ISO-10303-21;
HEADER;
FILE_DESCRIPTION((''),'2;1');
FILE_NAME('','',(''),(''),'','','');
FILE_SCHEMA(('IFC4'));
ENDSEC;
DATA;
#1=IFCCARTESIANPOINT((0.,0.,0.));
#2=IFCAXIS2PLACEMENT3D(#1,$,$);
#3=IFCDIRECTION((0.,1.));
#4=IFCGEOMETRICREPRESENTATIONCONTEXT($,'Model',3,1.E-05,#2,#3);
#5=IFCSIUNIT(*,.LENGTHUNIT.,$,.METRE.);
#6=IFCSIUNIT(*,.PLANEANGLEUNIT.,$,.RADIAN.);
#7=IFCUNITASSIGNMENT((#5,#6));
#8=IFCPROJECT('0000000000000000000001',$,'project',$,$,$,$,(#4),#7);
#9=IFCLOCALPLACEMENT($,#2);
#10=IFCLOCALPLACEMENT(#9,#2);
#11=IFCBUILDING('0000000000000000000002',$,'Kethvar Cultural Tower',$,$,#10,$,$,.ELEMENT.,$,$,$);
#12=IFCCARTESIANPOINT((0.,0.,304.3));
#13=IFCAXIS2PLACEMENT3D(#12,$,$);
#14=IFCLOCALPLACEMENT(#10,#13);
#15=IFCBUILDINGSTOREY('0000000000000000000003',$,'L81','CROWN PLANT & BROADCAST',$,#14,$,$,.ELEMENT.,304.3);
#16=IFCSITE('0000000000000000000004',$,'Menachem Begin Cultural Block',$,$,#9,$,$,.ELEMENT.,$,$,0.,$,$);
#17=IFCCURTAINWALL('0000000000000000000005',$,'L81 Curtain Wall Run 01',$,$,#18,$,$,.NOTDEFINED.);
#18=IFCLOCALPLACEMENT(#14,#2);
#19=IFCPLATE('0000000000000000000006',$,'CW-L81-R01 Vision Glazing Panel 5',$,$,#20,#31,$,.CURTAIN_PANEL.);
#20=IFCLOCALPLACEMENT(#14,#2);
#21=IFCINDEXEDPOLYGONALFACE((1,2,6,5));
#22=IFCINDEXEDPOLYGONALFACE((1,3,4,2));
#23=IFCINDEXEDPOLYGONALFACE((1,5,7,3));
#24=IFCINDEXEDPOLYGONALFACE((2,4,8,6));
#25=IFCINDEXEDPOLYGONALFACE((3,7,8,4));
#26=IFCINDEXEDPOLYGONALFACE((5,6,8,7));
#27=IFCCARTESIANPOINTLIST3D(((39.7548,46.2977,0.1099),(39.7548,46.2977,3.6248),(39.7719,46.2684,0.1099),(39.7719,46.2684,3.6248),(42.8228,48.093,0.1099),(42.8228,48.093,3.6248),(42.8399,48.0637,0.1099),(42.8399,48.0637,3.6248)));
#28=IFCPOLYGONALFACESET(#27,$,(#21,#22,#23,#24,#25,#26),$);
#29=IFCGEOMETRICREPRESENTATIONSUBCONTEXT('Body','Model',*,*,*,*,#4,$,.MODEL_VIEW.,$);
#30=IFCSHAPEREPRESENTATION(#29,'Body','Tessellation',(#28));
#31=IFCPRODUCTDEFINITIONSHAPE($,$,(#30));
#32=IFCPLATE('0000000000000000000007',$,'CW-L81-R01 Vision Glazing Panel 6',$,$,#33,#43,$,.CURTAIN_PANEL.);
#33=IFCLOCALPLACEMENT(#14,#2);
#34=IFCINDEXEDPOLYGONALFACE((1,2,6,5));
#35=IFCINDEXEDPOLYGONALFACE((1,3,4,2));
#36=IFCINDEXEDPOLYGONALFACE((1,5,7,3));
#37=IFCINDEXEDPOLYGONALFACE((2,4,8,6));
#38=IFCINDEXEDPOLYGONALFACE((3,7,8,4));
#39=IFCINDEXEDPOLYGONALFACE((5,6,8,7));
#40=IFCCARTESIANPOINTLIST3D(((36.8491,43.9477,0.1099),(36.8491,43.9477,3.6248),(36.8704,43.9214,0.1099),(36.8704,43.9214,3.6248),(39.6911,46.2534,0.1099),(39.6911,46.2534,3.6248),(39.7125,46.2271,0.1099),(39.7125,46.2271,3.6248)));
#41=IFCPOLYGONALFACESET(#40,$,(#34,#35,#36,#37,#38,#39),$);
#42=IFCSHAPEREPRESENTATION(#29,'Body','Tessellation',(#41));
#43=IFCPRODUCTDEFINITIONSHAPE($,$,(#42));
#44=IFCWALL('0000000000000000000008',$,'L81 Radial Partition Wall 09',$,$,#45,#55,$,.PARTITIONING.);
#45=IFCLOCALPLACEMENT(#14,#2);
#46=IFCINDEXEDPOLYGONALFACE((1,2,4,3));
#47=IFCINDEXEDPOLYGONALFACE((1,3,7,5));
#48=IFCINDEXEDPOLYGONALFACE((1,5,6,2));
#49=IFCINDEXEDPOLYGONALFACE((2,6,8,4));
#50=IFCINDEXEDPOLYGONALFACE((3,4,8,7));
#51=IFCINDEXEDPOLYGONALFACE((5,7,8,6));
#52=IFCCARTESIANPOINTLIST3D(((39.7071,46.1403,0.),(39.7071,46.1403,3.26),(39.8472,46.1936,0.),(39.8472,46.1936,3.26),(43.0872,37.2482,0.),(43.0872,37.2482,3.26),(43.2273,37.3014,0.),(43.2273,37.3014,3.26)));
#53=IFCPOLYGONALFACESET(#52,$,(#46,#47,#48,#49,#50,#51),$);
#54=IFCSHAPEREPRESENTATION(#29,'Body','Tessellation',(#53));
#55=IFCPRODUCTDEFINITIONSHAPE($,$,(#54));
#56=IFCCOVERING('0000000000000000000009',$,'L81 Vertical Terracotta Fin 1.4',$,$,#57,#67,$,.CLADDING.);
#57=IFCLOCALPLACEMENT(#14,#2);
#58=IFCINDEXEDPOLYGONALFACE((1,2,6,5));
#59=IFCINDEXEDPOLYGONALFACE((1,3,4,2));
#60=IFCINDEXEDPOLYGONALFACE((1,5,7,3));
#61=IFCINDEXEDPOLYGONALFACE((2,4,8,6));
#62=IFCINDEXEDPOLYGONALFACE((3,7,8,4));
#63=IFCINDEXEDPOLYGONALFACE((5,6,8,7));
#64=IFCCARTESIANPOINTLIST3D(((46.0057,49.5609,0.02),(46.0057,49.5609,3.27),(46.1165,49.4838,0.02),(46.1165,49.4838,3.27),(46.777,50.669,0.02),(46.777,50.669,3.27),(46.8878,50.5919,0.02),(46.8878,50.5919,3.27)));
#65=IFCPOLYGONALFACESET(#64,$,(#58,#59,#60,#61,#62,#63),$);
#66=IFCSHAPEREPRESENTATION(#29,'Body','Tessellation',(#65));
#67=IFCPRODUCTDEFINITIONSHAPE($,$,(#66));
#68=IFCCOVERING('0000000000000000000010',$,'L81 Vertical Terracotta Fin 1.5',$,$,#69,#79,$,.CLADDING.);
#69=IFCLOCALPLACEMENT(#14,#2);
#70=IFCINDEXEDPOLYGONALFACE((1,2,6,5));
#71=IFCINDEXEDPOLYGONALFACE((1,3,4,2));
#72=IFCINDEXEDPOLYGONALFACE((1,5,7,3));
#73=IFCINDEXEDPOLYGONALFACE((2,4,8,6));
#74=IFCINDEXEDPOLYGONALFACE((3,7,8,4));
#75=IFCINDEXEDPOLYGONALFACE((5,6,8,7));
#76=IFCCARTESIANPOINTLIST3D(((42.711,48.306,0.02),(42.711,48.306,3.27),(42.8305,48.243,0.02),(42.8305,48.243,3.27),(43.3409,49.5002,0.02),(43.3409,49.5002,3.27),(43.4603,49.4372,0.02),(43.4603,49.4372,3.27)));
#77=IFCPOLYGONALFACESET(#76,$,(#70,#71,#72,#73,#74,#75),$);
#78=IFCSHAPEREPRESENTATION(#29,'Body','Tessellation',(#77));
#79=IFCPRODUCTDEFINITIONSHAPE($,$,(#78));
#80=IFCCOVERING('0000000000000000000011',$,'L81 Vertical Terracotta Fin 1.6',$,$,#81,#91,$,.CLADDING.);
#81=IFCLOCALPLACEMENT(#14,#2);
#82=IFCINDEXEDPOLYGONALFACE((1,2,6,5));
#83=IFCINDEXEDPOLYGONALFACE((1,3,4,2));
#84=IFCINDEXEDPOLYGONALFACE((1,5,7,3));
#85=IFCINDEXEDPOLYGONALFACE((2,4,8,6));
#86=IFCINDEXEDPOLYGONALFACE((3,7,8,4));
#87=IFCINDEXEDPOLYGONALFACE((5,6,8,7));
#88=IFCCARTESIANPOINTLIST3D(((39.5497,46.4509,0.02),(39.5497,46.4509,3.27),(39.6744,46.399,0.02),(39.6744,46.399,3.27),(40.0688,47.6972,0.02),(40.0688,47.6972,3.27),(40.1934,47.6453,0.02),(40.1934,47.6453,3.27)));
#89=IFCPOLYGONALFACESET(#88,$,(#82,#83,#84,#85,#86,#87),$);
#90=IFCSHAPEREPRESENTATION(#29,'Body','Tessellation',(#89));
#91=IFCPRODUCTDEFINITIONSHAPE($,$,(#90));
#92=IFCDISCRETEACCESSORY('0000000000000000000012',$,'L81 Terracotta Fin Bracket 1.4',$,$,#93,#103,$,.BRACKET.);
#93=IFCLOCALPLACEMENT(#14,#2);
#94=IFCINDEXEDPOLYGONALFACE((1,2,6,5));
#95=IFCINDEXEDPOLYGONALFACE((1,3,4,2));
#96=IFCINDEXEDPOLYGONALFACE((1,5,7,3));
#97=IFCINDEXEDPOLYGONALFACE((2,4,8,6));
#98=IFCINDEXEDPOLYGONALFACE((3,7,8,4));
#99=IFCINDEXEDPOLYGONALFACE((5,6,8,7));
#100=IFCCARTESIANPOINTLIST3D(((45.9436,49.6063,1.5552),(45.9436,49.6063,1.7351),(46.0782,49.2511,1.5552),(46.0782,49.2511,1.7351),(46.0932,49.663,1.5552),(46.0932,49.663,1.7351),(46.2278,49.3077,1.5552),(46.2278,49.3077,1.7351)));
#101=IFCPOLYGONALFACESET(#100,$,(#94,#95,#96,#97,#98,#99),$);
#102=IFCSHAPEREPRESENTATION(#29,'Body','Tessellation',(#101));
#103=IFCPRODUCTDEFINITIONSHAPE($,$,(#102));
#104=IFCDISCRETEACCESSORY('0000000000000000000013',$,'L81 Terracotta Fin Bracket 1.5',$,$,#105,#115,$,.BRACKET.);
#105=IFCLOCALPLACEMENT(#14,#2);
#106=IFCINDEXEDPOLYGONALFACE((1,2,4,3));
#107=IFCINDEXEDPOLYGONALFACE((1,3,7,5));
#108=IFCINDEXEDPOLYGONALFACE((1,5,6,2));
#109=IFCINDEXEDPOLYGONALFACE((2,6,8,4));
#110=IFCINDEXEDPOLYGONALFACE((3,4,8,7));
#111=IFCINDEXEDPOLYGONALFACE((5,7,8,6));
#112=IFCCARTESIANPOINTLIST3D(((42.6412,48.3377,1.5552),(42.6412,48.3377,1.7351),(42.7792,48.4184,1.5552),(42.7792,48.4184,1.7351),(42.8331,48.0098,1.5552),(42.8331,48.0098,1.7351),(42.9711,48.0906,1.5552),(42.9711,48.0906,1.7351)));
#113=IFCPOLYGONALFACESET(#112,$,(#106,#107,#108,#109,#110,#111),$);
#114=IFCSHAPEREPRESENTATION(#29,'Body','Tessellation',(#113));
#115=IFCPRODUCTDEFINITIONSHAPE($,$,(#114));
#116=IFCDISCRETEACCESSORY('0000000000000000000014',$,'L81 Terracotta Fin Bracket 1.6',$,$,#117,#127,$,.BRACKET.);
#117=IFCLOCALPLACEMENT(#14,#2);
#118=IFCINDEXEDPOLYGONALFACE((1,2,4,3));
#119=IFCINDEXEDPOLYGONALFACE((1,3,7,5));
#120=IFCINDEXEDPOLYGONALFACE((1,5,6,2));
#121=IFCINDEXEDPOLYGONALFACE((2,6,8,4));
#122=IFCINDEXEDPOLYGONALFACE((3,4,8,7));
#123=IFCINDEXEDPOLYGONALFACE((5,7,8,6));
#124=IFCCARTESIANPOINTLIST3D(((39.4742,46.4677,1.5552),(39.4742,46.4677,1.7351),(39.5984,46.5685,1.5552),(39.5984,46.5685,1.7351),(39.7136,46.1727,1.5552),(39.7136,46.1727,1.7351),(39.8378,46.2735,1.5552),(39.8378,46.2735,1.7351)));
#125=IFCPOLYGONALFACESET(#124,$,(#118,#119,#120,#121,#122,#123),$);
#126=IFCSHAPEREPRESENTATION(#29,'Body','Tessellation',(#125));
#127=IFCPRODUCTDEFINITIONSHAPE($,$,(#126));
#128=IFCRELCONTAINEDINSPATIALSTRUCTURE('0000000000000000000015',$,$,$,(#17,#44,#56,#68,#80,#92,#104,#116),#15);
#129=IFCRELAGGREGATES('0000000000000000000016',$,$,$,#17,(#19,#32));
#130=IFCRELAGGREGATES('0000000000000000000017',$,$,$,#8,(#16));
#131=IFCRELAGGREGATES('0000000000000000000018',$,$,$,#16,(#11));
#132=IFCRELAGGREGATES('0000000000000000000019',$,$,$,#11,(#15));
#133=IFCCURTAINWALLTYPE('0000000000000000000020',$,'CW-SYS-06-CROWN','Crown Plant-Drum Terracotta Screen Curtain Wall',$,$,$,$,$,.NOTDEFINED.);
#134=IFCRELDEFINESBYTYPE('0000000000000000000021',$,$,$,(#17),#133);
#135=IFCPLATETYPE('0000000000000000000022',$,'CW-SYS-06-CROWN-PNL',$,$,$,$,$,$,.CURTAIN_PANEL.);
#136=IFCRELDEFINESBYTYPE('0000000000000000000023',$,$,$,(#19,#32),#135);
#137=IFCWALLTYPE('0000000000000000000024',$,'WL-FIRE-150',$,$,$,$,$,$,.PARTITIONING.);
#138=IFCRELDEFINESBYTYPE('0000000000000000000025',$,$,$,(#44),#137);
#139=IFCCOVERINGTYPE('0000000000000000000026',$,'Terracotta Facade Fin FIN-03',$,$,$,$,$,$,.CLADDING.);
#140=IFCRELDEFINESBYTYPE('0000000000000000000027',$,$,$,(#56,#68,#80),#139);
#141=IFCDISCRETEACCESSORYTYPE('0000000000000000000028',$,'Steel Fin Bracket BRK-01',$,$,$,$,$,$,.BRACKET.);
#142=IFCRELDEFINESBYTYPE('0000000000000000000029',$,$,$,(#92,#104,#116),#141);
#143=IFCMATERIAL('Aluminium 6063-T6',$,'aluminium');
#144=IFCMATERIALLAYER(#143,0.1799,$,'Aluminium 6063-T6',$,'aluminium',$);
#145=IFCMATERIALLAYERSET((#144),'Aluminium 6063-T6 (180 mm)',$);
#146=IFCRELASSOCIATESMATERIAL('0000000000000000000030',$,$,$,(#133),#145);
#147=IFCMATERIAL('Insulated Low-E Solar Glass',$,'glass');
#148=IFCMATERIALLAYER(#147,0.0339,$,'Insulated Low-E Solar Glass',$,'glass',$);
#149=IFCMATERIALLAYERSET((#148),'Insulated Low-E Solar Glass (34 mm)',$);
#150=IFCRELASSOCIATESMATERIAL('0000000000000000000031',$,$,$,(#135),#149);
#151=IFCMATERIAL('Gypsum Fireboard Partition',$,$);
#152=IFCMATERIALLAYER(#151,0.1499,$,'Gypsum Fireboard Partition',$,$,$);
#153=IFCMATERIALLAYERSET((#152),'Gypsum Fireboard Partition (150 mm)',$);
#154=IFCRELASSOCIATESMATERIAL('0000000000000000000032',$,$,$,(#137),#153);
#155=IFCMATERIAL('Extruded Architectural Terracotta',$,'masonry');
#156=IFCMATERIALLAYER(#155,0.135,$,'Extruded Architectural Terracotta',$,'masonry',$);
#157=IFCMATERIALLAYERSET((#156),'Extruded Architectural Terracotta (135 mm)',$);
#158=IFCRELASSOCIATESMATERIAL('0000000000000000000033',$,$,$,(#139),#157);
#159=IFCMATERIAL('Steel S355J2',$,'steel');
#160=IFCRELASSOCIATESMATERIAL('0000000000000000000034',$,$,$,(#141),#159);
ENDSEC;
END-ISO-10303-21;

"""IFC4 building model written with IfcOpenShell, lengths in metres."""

from ifc_helpers import new_model, si_unit, direction, frame, frame_2d, origin, origin_2d, place, context, subcontext, project, spatial, rectangle, extrude, source, transform, mapped, material, layer, layer_set, type_object, element, aggregate, save


model = new_model("IFC4")

# Units and contexts
model_context = context("Model", 3, precision=1e-05, world=origin(), true_north=direction((0.0, 1.0)))
body_context = subcontext(model_context, "Body", "Model", "MODEL_VIEW")
ifc_project = project(units=[si_unit("LENGTHUNIT", "METRE"), si_unit("PLANEANGLEUNIT", "RADIAN")], contexts=[model_context])

# Site, building, storey
site_placement = place(None, origin())
site = spatial("IfcSite", under=ifc_project, at=site_placement, Name="Menachem Begin Cultural Block", CompositionType="ELEMENT", RefElevation=0.0)
building_placement = place(site_placement, origin())
building = spatial("IfcBuilding", under=site, at=building_placement, Name="Kethvar Cultural Tower", CompositionType="ELEMENT")
storey_placement = place(building_placement, frame((0.0, 0.0, 304.3)))
storey = spatial("IfcBuildingStorey", under=building, at=storey_placement, Name="L81", Description="CROWN PLANT & BROADCAST", CompositionType="ELEMENT", Elevation=304.3)

# Shared definitions
ifc_material_1 = material(Name="Steel S355J2", Category="steel")

# Curtain wall, plates
ifc_material_2 = material(Name="Aluminium 6063-T6", Category="aluminium")
ifc_layer_1 = layer(ifc_material_2, 0.1799, Name="Aluminium 6063-T6", Category="aluminium")
ifc_layer_set_1 = layer_set([ifc_layer_1], Name="Aluminium 6063-T6 (180 mm)")
curtain_wall_type = type_object("IfcCurtainWallType", Name="CW-SYS-06-CROWN", Description="Crown Plant-Drum Terracotta Screen Curtain Wall", PredefinedType="NOTDEFINED", material=ifc_layer_set_1)
curtain_wall_placement = place(storey_placement, origin())
curtain_wall = element("IfcCurtainWall", 1, at=curtain_wall_placement, inside=storey, type_object=curtain_wall_type, Name="L81 Curtain Wall Run 01", PredefinedType="NOTDEFINED")
ifc_material_3 = material(Name="Insulated Low-E Solar Glass", Category="glass")
ifc_layer_2 = layer(ifc_material_3, 0.0339, Name="Insulated Low-E Solar Glass", Category="glass")
ifc_layer_set_2 = layer_set([ifc_layer_2], Name="Insulated Low-E Solar Glass (34 mm)")
plate_type = type_object("IfcPlateType", Name="CW-SYS-06-CROWN-PNL", PredefinedType="CURTAIN_PANEL", material=ifc_layer_set_2)
shared_shape_1 = source(origin(), body_context, "Body", "SweptSolid", [
    extrude(rectangle(XDim=3.5547, YDim=0.0339, at=origin_2d()), origin(), (0.0, 0.0, 1.0), 3.5149),
])
plate_1_placement = place(storey_placement, frame((41.2974, 47.1807, 0.1099), z_axis=(0.0, 0.0, 1.0), x_axis=(-0.863087, -0.505055, 0.0)))
plate_1 = element("IfcPlate", 2, at=plate_1_placement, type_object=plate_type, Name="CW-L81-R01 Vision Glazing Panel 5", PredefinedType="CURTAIN_PANEL", context=body_context, shape_type="MappedRepresentation", body=[
    mapped(shared_shape_1, transform((0.0, 0.0, 0.0), scale=1.0)),
])
shared_shape_2 = source(origin(), body_context, "Body", "SweptSolid", [
    extrude(rectangle(XDim=3.6597, YDim=0.0339, at=origin_2d()), origin(), (0.0, 0.0, 1.0), 3.5149),
])
plate_2_placement = place(storey_placement, frame((38.2808, 45.0874, 0.1099), z_axis=(0.0, 0.0, 1.0), x_axis=(-0.776574, -0.630025, 0.0)))
plate_2 = element("IfcPlate", 3, at=plate_2_placement, type_object=plate_type, Name="CW-L81-R01 Vision Glazing Panel 6", PredefinedType="CURTAIN_PANEL", context=body_context, shape_type="MappedRepresentation", body=[
    mapped(shared_shape_2, transform((0.0, 0.0, 0.0), scale=1.0)),
])
aggregate(curtain_wall, [plate_1, plate_2])

# Wall
ifc_material_4 = material(Name="Gypsum Fireboard Partition")
ifc_layer_3 = layer(ifc_material_4, 0.1499, Name="Gypsum Fireboard Partition")
ifc_layer_set_3 = layer_set([ifc_layer_3], Name="Gypsum Fireboard Partition (150 mm)")
wall_type = type_object("IfcWallType", Name="WL-FIRE-150", PredefinedType="PARTITIONING", material=ifc_layer_set_3)
wall_placement = place(storey_placement, frame((43.1572, 37.2749, 0.0), z_axis=(0.0, 0.0, 1.0), x_axis=(-0.355322, 0.934744, 0.0)))
element("IfcWall", 4, at=wall_placement, inside=storey, type_object=wall_type, Name="L81 Radial Partition Wall 09", PredefinedType="PARTITIONING", context=body_context, shape_type="SweptSolid", body=[
    extrude(rectangle(XDim=9.5129, YDim=0.1499, at=frame_2d((4.7563, 0.0))), origin(), (0.0, 0.0, 1.0), 3.26),
])

# Coverings
ifc_material_5 = material(Name="Extruded Architectural Terracotta", Category="masonry")
ifc_layer_4 = layer(ifc_material_5, 0.135, Name="Extruded Architectural Terracotta", Category="masonry")
ifc_layer_set_4 = layer_set([ifc_layer_4], Name="Extruded Architectural Terracotta (135 mm)")
covering_type = type_object("IfcCoveringType", Name="Terracotta Facade Fin FIN-03", PredefinedType="CLADDING", material=ifc_layer_set_4)
shared_shape_3 = source(origin(), body_context, "Body", "SweptSolid", [
    extrude(rectangle(XDim=1.3501, YDim=0.135, at=origin_2d()), origin(), (0.0, 0.0, 1.0), 3.25),
])
for number, where, z_axis, x_axis, name in (
    (5, (46.4468, 50.0764, 0.02), (0.0, 0.0, 1.0), (0.571287, 0.820751, 0.0), "L81 Vertical Terracotta Fin 1.4"),
    (6, (43.0857, 48.8716, 0.02), (0.0, 0.0, 1.0), (0.466541, 0.8845, 0.0), "L81 Vertical Terracotta Fin 1.5"),
    (7, (39.8716, 47.0481, 0.02), (0.0, 0.0, 1.0), (0.384456, 0.923143, 0.0), "L81 Vertical Terracotta Fin 1.6"),
):
    element("IfcCovering", number, at=place(storey_placement, frame(where, z_axis=z_axis, x_axis=x_axis)), inside=storey, type_object=covering_type, Name=name, PredefinedType="CLADDING", context=body_context, shape_type="MappedRepresentation", body=[
        mapped(shared_shape_3, transform((0.0, 0.0, 0.0), scale=1.0)),
    ])

# Discrete accessories
discrete_accessory_type = type_object("IfcDiscreteAccessoryType", Name="Steel Fin Bracket BRK-01", PredefinedType="BRACKET", material=ifc_material_1)
shared_shape_4 = source(origin(), body_context, "Body", "SweptSolid", [
    extrude(rectangle(XDim=0.3799, YDim=0.1599, at=origin_2d()), origin(), (0.0, 0.0, 1.0), 0.1799),
])
for number, where, z_axis, x_axis, name in (
    (8, (46.0857, 49.457, 1.5552), (0.0, 0.0, 1.0), (-0.354291, 0.935135, 0.0), "L81 Terracotta Fin Bracket 1.4"),
    (9, (42.8062, 48.2141, 1.5552), (0.0, 0.0, 1.0), (-0.50513, 0.863043, 0.0), "L81 Terracotta Fin Bracket 1.5"),
    (10, (39.656, 46.3706, 1.5552), (0.0, 0.0, 1.0), (-0.629998, 0.776596, 0.0), "L81 Terracotta Fin Bracket 1.6"),
):
    element("IfcDiscreteAccessory", number, at=place(storey_placement, frame(where, z_axis=z_axis, x_axis=x_axis)), inside=storey, type_object=discrete_accessory_type, Name=name, PredefinedType="BRACKET", context=body_context, shape_type="MappedRepresentation", body=[
        mapped(shared_shape_4, transform((0.0, 0.0, 0.0), scale=1.0)),
    ])

save(model, "model.ifc")
